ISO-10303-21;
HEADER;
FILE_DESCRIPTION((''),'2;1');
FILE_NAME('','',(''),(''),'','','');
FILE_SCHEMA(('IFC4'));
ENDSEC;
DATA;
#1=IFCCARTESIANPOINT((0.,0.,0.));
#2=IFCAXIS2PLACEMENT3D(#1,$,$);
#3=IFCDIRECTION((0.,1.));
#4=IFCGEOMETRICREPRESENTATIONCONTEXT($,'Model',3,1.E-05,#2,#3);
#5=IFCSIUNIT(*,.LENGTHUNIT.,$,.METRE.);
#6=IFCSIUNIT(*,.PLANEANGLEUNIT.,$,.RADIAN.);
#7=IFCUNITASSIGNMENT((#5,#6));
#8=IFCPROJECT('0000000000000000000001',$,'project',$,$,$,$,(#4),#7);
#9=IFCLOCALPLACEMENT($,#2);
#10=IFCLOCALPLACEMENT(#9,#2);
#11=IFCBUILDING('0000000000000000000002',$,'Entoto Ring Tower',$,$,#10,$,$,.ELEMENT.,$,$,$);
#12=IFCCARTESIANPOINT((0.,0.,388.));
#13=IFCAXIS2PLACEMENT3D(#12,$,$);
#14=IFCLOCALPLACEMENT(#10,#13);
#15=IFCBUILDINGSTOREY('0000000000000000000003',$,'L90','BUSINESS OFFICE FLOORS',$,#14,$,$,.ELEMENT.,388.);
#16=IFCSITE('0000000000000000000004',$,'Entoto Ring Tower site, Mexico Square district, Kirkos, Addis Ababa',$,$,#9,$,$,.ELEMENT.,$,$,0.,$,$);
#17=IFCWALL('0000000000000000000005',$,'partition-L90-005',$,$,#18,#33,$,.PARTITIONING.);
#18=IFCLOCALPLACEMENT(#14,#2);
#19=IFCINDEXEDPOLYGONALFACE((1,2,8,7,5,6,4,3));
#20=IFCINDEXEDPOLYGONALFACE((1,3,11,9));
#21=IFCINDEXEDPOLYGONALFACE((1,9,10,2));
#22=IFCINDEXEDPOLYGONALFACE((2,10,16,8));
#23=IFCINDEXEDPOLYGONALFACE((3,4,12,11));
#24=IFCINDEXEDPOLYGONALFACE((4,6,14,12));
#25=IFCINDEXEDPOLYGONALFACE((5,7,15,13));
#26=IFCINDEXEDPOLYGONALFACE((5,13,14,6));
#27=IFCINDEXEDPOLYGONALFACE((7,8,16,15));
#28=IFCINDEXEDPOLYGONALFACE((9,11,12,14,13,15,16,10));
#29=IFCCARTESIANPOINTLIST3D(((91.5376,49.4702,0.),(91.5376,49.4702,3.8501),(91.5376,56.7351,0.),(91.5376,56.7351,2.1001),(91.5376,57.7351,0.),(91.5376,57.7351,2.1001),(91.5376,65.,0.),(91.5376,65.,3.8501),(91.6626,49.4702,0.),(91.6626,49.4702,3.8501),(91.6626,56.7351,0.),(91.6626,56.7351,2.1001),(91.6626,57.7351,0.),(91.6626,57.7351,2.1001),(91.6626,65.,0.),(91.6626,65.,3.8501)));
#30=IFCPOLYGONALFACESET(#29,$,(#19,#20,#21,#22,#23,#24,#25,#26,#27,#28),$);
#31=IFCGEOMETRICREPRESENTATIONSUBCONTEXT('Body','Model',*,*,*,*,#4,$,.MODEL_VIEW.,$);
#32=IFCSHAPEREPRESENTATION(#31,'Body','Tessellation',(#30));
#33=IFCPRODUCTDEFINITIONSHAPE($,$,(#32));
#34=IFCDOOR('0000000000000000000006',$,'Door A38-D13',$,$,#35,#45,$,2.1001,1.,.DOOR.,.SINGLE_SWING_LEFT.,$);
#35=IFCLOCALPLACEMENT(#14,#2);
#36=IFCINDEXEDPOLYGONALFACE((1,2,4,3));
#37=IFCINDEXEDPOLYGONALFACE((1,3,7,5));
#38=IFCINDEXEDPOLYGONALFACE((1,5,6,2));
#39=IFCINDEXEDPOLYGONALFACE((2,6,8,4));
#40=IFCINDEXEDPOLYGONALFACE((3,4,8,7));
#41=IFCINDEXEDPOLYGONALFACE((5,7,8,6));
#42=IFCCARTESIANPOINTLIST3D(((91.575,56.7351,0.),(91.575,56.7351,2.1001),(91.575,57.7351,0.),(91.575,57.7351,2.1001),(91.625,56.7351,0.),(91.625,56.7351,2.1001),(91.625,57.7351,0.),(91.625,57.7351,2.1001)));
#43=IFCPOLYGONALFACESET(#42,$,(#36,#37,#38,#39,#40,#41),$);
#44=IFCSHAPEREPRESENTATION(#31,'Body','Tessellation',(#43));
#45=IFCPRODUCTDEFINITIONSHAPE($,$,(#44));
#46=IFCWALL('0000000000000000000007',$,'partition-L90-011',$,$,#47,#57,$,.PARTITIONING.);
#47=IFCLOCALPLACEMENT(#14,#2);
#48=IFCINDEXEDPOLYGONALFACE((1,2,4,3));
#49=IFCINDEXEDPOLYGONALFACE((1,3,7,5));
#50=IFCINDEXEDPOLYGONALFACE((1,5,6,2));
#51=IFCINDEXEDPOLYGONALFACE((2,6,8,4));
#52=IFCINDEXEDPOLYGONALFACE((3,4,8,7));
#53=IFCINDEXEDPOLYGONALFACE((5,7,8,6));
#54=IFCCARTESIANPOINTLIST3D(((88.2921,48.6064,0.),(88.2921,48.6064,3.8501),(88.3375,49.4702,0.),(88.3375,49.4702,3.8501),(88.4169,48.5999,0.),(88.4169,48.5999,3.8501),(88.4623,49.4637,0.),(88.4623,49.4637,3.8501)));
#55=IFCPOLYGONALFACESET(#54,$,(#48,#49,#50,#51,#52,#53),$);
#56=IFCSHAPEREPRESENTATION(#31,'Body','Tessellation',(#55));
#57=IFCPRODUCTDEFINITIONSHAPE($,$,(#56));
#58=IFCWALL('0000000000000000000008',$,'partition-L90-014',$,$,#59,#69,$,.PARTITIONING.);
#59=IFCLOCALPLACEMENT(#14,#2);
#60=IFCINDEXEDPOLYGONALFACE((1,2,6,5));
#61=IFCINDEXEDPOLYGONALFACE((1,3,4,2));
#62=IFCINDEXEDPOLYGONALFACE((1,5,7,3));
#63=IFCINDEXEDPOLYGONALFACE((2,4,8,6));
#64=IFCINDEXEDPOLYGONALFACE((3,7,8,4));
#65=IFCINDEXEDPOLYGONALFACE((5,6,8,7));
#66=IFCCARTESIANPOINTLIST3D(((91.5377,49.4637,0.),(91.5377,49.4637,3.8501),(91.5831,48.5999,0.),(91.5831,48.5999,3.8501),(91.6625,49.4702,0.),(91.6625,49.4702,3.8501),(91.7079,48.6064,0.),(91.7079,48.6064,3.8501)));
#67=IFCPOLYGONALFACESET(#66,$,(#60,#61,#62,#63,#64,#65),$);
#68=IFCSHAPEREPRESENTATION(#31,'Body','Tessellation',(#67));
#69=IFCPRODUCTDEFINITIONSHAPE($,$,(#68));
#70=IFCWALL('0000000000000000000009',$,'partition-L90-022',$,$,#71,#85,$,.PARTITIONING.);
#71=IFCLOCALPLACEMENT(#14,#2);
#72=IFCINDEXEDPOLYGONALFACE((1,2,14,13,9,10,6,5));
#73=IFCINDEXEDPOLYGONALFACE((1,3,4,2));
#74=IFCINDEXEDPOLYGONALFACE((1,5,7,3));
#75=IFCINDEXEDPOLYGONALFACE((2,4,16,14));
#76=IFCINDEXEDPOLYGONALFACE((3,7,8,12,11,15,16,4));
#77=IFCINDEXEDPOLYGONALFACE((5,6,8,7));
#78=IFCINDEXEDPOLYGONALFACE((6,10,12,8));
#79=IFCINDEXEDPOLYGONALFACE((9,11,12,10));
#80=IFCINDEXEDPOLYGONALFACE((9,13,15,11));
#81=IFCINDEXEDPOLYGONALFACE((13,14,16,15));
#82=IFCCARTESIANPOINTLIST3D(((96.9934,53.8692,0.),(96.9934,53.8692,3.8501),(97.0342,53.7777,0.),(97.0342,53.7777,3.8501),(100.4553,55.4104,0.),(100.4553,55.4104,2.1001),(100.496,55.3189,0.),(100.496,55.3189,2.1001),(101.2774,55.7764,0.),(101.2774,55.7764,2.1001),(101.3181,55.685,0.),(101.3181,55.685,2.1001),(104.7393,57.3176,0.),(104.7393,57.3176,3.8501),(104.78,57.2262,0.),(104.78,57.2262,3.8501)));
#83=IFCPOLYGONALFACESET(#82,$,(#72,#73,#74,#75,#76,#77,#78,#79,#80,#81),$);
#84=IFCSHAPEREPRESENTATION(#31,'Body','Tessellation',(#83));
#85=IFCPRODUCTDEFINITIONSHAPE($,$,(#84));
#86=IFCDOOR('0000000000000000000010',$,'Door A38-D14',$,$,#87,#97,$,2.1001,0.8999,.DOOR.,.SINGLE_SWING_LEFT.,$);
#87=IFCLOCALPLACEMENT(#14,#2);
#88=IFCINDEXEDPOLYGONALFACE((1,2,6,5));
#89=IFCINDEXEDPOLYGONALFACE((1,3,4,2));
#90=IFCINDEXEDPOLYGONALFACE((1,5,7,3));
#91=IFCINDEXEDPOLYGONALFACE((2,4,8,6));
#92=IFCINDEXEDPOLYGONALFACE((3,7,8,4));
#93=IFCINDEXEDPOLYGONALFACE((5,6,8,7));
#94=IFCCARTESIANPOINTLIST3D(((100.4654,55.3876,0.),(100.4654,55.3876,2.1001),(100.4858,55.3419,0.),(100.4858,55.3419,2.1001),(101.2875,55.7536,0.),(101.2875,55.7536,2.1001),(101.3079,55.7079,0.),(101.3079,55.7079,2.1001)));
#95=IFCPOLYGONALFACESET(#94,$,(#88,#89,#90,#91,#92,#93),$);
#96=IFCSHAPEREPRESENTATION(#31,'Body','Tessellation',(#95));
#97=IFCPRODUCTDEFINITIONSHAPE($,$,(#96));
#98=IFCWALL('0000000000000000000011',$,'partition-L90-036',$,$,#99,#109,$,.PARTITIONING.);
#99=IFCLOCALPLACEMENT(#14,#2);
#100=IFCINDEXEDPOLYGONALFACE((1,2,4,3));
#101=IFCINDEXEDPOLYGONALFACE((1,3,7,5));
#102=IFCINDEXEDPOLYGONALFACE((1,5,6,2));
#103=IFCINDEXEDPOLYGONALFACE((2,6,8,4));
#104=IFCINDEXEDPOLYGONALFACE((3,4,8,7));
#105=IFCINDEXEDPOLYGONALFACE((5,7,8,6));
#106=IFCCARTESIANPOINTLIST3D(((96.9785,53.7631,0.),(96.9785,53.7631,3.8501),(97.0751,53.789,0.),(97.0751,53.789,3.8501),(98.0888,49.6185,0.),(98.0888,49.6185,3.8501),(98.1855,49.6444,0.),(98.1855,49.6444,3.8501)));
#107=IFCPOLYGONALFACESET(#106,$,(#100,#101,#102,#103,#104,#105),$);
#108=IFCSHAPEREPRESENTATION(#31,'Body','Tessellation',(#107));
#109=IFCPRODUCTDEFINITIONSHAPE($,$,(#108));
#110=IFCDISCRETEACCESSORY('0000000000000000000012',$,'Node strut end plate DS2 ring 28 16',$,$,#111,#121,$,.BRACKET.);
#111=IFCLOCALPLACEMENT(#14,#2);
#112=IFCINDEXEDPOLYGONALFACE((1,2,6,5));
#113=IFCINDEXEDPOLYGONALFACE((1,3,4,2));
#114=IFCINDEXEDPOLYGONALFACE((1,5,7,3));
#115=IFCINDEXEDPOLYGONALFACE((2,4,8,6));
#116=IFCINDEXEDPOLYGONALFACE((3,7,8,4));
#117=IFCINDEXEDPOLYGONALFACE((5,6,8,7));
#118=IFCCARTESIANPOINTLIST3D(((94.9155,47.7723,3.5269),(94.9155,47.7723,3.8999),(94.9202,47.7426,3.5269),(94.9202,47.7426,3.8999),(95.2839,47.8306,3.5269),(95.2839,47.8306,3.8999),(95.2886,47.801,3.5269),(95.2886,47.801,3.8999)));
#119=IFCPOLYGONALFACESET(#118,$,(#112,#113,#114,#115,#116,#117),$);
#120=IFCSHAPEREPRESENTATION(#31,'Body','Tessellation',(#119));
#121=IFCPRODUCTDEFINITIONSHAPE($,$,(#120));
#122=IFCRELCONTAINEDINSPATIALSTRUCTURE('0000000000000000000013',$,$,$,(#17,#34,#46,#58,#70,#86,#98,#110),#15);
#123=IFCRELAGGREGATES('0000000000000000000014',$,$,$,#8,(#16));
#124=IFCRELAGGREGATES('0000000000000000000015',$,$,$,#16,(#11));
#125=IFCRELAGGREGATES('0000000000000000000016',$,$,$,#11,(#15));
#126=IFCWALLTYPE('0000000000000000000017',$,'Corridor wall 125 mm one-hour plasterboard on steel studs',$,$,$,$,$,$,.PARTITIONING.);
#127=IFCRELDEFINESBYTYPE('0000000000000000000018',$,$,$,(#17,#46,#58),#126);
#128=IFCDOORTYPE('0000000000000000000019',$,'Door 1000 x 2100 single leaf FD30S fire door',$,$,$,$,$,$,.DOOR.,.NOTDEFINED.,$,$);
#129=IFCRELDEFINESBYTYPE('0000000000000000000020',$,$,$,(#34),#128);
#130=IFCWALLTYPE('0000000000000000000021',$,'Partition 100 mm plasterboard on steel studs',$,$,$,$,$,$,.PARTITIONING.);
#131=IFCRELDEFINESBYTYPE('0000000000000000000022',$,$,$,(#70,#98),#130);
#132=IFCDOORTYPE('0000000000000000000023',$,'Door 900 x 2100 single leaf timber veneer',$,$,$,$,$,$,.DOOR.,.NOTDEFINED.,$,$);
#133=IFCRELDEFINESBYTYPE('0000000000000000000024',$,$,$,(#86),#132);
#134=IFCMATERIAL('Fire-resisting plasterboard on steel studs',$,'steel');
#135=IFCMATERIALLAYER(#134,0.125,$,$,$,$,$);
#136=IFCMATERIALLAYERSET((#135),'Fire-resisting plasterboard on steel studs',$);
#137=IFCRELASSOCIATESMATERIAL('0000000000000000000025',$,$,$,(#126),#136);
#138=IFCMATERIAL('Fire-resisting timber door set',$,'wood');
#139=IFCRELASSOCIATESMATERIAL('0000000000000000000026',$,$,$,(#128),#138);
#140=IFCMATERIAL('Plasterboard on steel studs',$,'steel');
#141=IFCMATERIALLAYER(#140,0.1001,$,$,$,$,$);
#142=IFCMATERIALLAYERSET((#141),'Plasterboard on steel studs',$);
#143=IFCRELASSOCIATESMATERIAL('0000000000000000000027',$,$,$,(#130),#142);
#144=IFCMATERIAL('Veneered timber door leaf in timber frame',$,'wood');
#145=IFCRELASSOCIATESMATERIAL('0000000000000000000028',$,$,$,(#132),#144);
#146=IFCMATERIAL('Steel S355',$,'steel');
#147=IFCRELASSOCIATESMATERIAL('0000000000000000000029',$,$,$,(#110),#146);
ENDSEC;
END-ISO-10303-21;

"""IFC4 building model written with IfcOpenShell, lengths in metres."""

from ifc_helpers import new_model, si_unit, direction, frame, frame_2d, origin, origin_2d, place, context, subcontext, project, spatial, rectangle, extrude, material, layer, layer_set, type_object, element, fill, save


model = new_model("IFC4")

# Units and contexts
model_context = context("Model", 3, precision=1e-05, world=origin(), true_north=direction((0.0, 1.0)))
body_context = subcontext(model_context, "Body", "Model", "MODEL_VIEW")
ifc_project = project(units=[si_unit("LENGTHUNIT", "METRE"), si_unit("PLANEANGLEUNIT", "RADIAN")], contexts=[model_context])

# Site, building, storey
site_placement = place(None, origin())
site = spatial("IfcSite", under=ifc_project, at=site_placement, Name="Entoto Ring Tower site, Mexico Square district, Kirkos, Addis Ababa", CompositionType="ELEMENT", RefElevation=0.0)
building_placement = place(site_placement, origin())
building = spatial("IfcBuilding", under=site, at=building_placement, Name="Entoto Ring Tower", CompositionType="ELEMENT")
storey_placement = place(building_placement, frame((0.0, 0.0, 388.0)))
storey = spatial("IfcBuildingStorey", under=building, at=storey_placement, Name="L90", Description="BUSINESS OFFICE FLOORS", CompositionType="ELEMENT", Elevation=388.0)

# Wall, opening, door
ifc_material_1 = material(Name="Fire-resisting plasterboard on steel studs", Category="steel")
ifc_layer_1 = layer(ifc_material_1, 0.125)
ifc_layer_set_1 = layer_set([ifc_layer_1], Name="Fire-resisting plasterboard on steel studs")
wall_type_1 = type_object("IfcWallType", Name="Corridor wall 125 mm one-hour plasterboard on steel studs", PredefinedType="PARTITIONING", material=ifc_layer_set_1)
ifc_material_2 = material(Name="Fire-resisting timber door set", Category="wood")
door_type_1 = type_object("IfcDoorType", Name="Door 1000 x 2100 single leaf FD30S fire door", OperationType="NOTDEFINED", PredefinedType="DOOR", material=ifc_material_2)
wall_1_placement = place(storey_placement, frame((91.6001, 49.4702, 0.0), z_axis=(0.0, 0.0, 1.0), x_axis=(0.0, 1.0, 0.0)))
wall_1 = element("IfcWall", 1, at=wall_1_placement, inside=storey, type_object=wall_type_1, Name="partition-L90-005", PredefinedType="PARTITIONING", context=body_context, shape_type="SweptSolid", body=[
    extrude(rectangle(XDim=15.5298, YDim=0.125, at=frame_2d((7.7649, 0.0))), origin(), (0.0, 0.0, 1.0), 3.8501),
])
opening_1_placement = place(wall_1_placement, frame((7.2649, 0.0, 0.0)))
opening_1 = element("IfcOpeningElement", 2, at=opening_1_placement, cuts=wall_1, PredefinedType="OPENING", context=body_context, shape_type="SweptSolid", body=[
    extrude(rectangle(XDim=1.0, YDim=2.1001, at=frame_2d((0.5, 1.05))), frame((0.0, 0.0725, 0.0), z_axis=(0.0, -1.0, 0.0), x_axis=(1.0, 0.0, 0.0)), (0.0, 0.0, 1.0), 0.145),
])
door_1_placement = place(opening_1_placement, frame((1.0, 0.0, 0.0), z_axis=(0.0, 0.0, 1.0), x_axis=(-1.0, 0.0, 0.0)))
door_1 = element("IfcDoor", 3, at=door_1_placement, inside=storey, type_object=door_type_1, Name="Door A38-D13", OperationType="SINGLE_SWING_LEFT", OverallHeight=2.1001, OverallWidth=1.0, PredefinedType="DOOR", context=body_context, shape_type="SweptSolid", body=[
    extrude(rectangle(XDim=1.0, YDim=2.1001, at=frame_2d((0.5, 1.05))), frame((0.0, 0.0249, 0.0), z_axis=(0.0, -1.0, 0.0), x_axis=(1.0, 0.0, 0.0)), (0.0, 0.0, 1.0), 0.05),
])
fill(opening_1, door_1)

# Walls
for number, where, z_axis, x_axis, name in (
    (4, (88.3545, 48.603, 0.0), (0.0, 0.0, 1.0), (0.0525, 0.998621, 0.0), "partition-L90-011"),
    (5, (91.6455, 48.603, 0.0), (0.0, 0.0, 1.0), (-0.0525, 0.998621, 0.0), "partition-L90-014"),
):
    element("IfcWall", number, at=place(storey_placement, frame(where, z_axis=z_axis, x_axis=x_axis)), inside=storey, type_object=wall_type_1, Name=name, PredefinedType="PARTITIONING", context=body_context, shape_type="SweptSolid", body=[
        extrude(rectangle(XDim=0.865, YDim=0.125, at=frame_2d((0.4326, 0.0))), origin(), (0.0, 0.0, 1.0), 3.8501),
    ])

# Wall, opening, door
ifc_material_3 = material(Name="Plasterboard on steel studs", Category="steel")
ifc_layer_2 = layer(ifc_material_3, 0.1001)
ifc_layer_set_2 = layer_set([ifc_layer_2], Name="Plasterboard on steel studs")
wall_type_2 = type_object("IfcWallType", Name="Partition 100 mm plasterboard on steel studs", PredefinedType="PARTITIONING", material=ifc_layer_set_2)
wall_2_placement = place(storey_placement, frame((97.0139, 53.8235, 0.0), z_axis=(0.0, 0.0, 1.0), x_axis=(0.913554, 0.406718, 0.0)))
wall_2 = element("IfcWall", 6, at=wall_2_placement, inside=storey, type_object=wall_type_2, Name="partition-L90-022", PredefinedType="PARTITIONING", context=body_context, shape_type="SweptSolid", body=[
    extrude(rectangle(XDim=8.4788, YDim=0.1001, at=frame_2d((4.2393, 0.0))), origin(), (0.0, 0.0, 1.0), 3.8501),
])
opening_2_placement = place(wall_2_placement, frame((3.7893, 0.0, 0.0)))
opening_2 = element("IfcOpeningElement", 7, at=opening_2_placement, cuts=wall_2, PredefinedType="OPENING", context=body_context, shape_type="SweptSolid", body=[
    extrude(rectangle(XDim=0.8999, YDim=2.1001, at=frame_2d((0.45, 1.05))), frame((0.0, 0.0601, 0.0), z_axis=(0.0, -1.0, 0.0), x_axis=(1.0, 0.0, 0.0)), (0.0, 0.0, 1.0), 0.1201),
])
ifc_material_4 = material(Name="Veneered timber door leaf in timber frame", Category="wood")
door_type_2 = type_object("IfcDoorType", Name="Door 900 x 2100 single leaf timber veneer", OperationType="NOTDEFINED", PredefinedType="DOOR", material=ifc_material_4)
door_2_placement = place(opening_2_placement, frame((0.8999, 0.0, 0.0), z_axis=(0.0, 0.0, 1.0), x_axis=(-1.0, 0.0, 0.0)))
door_2 = element("IfcDoor", 8, at=door_2_placement, inside=storey, type_object=door_type_2, Name="Door A38-D14", OperationType="SINGLE_SWING_LEFT", OverallHeight=2.1001, OverallWidth=0.8999, PredefinedType="DOOR", context=body_context, shape_type="SweptSolid", body=[
    extrude(rectangle(XDim=0.8999, YDim=2.1001, at=frame_2d((0.45, 1.05))), frame((0.0, 0.0249, 0.0), z_axis=(0.0, -1.0, 0.0), x_axis=(1.0, 0.0, 0.0)), (0.0, 0.0, 1.0), 0.05),
])
fill(opening_2, door_2)

# Wall
wall_3_placement = place(storey_placement, frame((98.1372, 49.6313, 0.0), z_axis=(0.0, 0.0, 1.0), x_axis=(-0.258782, 0.965936, 0.0)))
element("IfcWall", 9, at=wall_3_placement, inside=storey, type_object=wall_type_2, Name="partition-L90-036", PredefinedType="PARTITIONING", context=body_context, shape_type="SweptSolid", body=[
    extrude(rectangle(XDim=4.2908, YDim=0.1001, at=frame_2d((2.1455, 0.0))), origin(), (0.0, 0.0, 1.0), 3.8501),
])

# Discrete accessory
ifc_material_5 = material(Name="Steel S355", Category="steel")
discrete_accessory_placement = place(storey_placement, frame((95.1021, 47.7866, 3.5269), z_axis=(0.0, 0.0, 1.0), x_axis=(0.156434, -0.987688, 0.0)))
element("IfcDiscreteAccessory", 10, at=discrete_accessory_placement, inside=storey, material=ifc_material_5, Name="Node strut end plate DS2 ring 28 16", PredefinedType="BRACKET", context=body_context, shape_type="SweptSolid", body=[
    extrude(rectangle(XDim=0.03, YDim=0.373, at=origin_2d()), origin(), (0.0, 0.0, 1.0), 0.373),
])

save(model, "model.ifc")
